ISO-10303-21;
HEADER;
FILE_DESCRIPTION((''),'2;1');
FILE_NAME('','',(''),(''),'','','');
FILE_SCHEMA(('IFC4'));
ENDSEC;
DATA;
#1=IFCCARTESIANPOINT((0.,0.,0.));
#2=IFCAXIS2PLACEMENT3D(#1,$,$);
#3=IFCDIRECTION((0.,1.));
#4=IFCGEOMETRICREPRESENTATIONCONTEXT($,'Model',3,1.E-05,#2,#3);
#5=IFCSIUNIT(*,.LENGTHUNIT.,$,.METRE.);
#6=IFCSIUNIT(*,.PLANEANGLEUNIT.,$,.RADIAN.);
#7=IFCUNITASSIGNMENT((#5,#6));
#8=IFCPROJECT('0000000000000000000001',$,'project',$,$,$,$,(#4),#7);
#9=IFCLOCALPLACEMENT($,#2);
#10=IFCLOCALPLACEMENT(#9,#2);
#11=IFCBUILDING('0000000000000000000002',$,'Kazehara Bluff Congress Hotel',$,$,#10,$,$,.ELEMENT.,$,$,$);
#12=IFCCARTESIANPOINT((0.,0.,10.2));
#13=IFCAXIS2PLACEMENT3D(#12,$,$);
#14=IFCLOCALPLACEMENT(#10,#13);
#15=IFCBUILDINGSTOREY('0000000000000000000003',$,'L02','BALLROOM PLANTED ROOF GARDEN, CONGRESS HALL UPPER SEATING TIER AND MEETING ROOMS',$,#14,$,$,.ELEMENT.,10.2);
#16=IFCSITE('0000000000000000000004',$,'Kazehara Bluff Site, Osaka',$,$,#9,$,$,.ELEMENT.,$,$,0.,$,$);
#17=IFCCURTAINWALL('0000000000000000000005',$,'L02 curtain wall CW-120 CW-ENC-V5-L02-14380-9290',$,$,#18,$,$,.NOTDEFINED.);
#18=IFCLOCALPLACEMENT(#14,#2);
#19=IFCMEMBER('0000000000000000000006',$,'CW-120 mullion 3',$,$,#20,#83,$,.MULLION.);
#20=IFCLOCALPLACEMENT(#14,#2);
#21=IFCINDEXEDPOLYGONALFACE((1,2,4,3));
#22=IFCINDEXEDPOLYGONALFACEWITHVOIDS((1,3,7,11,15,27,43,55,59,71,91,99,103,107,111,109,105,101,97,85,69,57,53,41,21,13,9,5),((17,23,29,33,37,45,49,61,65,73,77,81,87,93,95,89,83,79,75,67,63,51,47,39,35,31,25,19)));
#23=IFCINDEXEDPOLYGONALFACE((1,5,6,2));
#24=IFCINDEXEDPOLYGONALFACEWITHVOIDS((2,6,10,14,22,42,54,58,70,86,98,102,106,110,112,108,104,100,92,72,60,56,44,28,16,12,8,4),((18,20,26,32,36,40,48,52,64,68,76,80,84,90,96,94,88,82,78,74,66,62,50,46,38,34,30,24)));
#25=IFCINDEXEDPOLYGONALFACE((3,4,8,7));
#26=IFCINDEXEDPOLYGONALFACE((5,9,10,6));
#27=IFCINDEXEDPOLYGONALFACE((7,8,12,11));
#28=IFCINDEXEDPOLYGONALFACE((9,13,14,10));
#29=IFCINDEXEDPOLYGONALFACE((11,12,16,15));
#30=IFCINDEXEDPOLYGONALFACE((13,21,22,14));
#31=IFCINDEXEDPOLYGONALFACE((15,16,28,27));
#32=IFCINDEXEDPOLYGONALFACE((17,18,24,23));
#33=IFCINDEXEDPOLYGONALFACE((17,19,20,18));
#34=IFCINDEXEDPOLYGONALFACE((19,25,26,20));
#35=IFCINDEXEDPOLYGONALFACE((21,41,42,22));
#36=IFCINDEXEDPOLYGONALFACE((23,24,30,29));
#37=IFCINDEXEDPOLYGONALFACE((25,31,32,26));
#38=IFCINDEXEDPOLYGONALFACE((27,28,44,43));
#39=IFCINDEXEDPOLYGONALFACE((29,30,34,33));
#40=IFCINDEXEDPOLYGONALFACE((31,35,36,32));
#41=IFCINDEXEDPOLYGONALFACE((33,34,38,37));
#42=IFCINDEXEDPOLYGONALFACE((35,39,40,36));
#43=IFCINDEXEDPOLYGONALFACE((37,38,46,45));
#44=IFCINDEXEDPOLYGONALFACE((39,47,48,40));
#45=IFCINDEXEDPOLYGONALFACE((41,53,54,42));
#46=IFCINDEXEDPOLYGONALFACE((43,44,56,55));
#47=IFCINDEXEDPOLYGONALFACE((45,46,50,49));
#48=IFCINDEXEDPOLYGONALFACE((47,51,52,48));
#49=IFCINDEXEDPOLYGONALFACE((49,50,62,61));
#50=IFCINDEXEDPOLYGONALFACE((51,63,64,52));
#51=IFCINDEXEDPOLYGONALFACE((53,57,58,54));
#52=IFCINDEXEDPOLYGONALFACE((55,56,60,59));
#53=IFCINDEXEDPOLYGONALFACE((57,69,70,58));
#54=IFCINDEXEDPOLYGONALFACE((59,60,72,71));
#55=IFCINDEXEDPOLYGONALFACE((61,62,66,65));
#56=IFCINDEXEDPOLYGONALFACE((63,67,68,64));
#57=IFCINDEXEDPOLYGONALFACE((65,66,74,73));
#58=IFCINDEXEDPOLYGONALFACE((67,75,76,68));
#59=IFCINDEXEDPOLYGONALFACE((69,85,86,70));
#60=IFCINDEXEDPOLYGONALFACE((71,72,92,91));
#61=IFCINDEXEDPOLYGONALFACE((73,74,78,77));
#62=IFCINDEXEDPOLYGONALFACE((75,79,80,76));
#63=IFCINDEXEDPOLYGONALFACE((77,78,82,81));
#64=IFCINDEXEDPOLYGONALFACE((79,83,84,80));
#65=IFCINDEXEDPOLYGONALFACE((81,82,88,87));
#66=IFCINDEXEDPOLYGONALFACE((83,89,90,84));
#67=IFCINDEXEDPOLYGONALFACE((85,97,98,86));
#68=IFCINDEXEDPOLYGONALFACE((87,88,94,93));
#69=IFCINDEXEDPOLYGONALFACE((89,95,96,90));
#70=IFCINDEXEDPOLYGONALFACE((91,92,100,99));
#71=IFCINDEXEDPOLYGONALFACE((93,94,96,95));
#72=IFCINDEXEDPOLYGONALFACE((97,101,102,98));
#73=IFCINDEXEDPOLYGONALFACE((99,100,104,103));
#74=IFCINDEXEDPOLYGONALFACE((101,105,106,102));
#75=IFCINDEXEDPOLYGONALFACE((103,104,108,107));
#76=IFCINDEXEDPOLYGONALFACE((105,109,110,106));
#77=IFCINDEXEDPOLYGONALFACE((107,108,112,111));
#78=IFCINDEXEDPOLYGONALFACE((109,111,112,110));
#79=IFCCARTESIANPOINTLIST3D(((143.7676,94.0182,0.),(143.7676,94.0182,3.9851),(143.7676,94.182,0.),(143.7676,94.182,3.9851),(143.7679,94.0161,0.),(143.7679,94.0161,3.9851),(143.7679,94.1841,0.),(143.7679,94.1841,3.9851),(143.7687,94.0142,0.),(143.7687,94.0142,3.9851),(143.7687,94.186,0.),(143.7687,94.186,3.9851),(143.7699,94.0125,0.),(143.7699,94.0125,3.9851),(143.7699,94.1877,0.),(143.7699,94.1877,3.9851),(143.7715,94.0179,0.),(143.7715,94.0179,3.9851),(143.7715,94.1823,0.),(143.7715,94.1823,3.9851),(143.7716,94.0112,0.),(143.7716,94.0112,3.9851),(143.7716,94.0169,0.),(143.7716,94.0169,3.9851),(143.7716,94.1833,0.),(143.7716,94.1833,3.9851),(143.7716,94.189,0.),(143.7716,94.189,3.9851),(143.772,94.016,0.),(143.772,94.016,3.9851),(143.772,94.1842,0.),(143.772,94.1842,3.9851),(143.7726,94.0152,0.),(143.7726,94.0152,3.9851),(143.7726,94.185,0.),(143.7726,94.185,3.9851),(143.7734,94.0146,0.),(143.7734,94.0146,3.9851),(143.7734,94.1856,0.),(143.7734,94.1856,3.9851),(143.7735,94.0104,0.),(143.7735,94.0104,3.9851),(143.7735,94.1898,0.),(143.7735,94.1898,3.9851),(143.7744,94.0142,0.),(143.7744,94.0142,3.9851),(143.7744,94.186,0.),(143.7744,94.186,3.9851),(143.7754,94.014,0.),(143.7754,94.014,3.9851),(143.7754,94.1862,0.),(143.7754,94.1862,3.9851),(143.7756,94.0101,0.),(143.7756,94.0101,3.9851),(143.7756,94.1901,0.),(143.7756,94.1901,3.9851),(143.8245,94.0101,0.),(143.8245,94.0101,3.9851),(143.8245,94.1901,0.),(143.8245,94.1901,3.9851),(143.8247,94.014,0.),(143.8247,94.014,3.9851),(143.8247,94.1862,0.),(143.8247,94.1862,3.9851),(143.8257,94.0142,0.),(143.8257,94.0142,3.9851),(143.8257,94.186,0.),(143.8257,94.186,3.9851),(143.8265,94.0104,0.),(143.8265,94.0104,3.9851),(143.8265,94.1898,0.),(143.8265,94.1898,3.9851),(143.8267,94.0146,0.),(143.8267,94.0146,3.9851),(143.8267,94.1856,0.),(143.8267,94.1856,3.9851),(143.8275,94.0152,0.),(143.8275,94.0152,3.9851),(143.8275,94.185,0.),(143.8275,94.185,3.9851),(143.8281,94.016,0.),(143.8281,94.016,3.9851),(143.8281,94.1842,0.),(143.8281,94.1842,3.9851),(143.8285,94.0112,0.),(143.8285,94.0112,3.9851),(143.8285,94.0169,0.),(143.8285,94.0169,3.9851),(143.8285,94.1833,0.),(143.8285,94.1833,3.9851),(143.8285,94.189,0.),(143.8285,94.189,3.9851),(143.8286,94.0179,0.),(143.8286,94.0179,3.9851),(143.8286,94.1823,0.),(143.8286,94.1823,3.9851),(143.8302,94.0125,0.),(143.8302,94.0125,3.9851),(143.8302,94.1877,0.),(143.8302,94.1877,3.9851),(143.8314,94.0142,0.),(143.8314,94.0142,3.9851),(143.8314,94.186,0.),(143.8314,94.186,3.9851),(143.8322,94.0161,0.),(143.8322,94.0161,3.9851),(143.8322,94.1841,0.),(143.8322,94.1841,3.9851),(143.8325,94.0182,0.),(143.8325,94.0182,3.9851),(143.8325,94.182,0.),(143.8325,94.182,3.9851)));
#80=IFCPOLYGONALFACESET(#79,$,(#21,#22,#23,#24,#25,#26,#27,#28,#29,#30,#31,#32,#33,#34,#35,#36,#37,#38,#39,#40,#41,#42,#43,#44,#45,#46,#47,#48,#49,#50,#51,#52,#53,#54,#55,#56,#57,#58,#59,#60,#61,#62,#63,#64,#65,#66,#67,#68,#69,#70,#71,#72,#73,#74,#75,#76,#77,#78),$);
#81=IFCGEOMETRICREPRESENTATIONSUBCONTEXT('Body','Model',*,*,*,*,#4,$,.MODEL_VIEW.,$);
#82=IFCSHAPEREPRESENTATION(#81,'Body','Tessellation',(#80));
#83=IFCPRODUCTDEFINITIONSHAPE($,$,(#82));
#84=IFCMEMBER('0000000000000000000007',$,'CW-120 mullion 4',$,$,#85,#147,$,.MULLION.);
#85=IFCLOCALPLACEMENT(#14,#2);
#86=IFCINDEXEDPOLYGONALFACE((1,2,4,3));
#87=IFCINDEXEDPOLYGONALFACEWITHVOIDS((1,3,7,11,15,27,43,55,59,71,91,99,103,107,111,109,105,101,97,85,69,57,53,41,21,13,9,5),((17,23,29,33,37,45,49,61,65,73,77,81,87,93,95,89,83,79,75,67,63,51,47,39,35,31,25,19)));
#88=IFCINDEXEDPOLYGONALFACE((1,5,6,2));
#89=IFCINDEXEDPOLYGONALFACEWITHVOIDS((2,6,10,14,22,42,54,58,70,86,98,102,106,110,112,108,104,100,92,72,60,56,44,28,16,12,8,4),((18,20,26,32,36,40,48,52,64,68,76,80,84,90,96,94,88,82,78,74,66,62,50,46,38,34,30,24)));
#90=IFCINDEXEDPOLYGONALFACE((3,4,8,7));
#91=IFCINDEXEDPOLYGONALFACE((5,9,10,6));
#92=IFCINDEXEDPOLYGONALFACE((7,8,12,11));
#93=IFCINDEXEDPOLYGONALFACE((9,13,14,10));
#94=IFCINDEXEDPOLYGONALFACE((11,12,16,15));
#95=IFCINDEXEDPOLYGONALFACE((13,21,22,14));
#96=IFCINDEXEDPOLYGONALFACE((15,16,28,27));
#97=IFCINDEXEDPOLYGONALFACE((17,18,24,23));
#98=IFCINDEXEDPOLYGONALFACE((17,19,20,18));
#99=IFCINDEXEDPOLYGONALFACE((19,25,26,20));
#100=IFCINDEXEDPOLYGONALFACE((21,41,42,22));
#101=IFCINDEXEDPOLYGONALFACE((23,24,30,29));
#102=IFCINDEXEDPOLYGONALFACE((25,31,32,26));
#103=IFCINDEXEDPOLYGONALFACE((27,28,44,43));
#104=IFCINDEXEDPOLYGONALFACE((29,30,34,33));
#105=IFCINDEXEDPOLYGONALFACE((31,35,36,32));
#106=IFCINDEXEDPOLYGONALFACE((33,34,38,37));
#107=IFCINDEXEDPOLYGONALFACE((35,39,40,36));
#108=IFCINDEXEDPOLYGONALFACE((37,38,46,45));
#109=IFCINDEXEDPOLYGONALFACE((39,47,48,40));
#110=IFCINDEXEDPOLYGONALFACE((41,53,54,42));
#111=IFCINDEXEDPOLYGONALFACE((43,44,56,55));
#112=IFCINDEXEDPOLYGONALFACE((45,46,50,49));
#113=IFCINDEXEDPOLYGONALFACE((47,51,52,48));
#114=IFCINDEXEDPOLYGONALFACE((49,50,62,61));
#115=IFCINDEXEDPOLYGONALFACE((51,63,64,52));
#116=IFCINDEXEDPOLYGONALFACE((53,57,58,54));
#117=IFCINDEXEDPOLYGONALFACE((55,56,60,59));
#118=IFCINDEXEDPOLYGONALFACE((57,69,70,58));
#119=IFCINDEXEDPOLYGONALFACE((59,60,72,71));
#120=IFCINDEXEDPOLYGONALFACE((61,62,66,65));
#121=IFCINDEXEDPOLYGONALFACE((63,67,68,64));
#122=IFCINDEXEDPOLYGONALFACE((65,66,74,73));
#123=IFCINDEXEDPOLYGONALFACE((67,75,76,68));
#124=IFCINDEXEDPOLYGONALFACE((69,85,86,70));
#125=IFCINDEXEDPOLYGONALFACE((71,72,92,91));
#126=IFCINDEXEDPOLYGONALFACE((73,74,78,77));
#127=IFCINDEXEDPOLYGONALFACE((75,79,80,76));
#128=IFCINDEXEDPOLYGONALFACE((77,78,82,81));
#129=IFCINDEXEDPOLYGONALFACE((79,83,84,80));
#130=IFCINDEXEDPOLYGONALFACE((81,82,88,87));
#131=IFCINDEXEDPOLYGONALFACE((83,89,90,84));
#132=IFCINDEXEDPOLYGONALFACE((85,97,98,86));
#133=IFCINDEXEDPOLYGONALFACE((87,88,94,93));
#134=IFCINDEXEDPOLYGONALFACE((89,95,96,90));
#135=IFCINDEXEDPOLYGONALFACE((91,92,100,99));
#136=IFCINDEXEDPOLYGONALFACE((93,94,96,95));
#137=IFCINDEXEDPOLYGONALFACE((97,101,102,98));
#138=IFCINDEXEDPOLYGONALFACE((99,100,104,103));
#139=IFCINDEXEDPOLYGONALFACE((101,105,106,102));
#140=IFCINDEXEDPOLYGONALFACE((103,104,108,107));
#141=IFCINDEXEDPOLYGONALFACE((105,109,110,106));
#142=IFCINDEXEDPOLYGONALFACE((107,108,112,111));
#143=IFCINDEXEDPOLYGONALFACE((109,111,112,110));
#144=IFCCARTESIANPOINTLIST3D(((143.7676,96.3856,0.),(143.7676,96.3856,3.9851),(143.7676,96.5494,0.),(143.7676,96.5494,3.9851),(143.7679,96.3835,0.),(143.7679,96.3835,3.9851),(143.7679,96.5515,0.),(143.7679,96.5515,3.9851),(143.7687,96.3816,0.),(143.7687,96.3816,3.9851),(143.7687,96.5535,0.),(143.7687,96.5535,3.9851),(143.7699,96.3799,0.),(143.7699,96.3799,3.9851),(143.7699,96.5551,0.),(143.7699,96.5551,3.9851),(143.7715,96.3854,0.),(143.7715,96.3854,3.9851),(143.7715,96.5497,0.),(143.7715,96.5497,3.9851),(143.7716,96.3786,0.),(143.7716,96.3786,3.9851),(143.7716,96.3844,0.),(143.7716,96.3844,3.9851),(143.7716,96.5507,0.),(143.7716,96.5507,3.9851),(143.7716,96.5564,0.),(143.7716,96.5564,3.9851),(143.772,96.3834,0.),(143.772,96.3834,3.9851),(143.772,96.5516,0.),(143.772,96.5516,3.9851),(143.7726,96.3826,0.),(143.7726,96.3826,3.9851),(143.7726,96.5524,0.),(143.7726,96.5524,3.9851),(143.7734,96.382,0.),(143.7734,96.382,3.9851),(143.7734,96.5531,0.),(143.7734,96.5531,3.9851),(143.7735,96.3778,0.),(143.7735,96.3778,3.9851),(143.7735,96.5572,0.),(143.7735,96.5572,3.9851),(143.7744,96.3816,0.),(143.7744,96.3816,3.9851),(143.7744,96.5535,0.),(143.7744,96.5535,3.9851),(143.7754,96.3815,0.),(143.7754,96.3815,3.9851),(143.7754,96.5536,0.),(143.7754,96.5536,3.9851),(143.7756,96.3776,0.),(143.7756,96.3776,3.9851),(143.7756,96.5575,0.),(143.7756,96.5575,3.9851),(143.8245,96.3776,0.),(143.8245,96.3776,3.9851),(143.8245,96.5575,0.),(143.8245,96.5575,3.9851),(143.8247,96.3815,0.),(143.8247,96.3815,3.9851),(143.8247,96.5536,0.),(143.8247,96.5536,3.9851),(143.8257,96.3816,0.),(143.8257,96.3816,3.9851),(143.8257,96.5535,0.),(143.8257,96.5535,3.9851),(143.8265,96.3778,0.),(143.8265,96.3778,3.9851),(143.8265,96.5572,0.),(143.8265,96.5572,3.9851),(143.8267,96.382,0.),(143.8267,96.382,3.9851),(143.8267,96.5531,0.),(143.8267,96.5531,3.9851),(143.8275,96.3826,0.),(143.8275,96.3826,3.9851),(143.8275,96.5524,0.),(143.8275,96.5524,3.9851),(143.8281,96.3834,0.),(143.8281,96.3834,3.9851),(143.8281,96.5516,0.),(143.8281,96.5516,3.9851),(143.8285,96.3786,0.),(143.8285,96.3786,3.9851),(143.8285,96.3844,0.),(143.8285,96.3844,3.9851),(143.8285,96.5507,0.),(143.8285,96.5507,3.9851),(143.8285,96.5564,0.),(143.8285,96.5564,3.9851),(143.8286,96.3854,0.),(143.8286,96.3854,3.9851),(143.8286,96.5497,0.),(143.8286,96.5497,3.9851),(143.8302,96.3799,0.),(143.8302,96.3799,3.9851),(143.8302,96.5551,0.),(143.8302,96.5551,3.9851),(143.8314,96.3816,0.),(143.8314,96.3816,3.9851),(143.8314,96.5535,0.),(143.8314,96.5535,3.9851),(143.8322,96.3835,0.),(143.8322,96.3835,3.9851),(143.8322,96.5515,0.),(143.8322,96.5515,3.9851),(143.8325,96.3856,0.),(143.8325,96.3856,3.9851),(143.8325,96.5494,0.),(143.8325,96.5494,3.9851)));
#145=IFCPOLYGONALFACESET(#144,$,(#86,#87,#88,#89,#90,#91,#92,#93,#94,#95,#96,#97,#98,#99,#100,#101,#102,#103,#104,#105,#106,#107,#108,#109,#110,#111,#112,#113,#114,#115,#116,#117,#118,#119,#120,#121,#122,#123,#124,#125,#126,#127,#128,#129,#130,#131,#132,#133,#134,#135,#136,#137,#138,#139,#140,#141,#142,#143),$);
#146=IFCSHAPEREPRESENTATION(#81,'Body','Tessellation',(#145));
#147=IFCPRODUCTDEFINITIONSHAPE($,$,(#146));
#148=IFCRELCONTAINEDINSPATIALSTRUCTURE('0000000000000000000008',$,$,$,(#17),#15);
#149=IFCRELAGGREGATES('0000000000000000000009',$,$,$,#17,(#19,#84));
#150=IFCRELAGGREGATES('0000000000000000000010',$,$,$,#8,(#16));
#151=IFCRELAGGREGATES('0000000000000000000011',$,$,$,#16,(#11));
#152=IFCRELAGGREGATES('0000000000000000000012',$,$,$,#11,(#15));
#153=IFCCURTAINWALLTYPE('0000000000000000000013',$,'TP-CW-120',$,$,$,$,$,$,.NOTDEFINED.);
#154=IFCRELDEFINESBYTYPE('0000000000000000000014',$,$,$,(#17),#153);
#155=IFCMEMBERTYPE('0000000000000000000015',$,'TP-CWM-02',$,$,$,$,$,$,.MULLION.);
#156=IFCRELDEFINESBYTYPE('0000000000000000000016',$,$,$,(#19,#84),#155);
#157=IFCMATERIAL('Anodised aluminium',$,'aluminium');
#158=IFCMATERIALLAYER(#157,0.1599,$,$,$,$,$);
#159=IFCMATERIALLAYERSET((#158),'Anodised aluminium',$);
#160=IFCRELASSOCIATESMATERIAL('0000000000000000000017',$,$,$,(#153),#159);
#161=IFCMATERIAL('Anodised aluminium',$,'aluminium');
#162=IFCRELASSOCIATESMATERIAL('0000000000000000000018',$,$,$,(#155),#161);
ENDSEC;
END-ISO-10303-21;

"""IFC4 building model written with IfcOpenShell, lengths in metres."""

from ifc_helpers import new_model, si_unit, direction, frame, origin, origin_2d, place, context, subcontext, project, spatial, hollow_rectangle, extrude, material, layer, layer_set, material_profile, profile_set, type_object, element, aggregate, save


model = new_model("IFC4")

# Units and contexts
model_context = context("Model", 3, precision=1e-05, world=origin(), true_north=direction((0.0, 1.0)))
body_context = subcontext(model_context, "Body", "Model", "MODEL_VIEW")
ifc_project = project(units=[si_unit("LENGTHUNIT", "METRE"), si_unit("PLANEANGLEUNIT", "RADIAN")], contexts=[model_context])

# Site, building, storey
site_placement = place(None, origin())
site = spatial("IfcSite", under=ifc_project, at=site_placement, Name="Kazehara Bluff Site, Osaka", CompositionType="ELEMENT", RefElevation=0.0)
building_placement = place(site_placement, origin())
building = spatial("IfcBuilding", under=site, at=building_placement, Name="Kazehara Bluff Congress Hotel", CompositionType="ELEMENT")
storey_placement = place(building_placement, frame((0.0, 0.0, 10.2)))
storey = spatial("IfcBuildingStorey", under=building, at=storey_placement, Name="L02", Description="BALLROOM PLANTED ROOF GARDEN, CONGRESS HALL UPPER SEATING TIER AND MEETING ROOMS", CompositionType="ELEMENT", Elevation=10.2)

# Curtain wall, members
ifc_material_1 = material(Name="Anodised aluminium", Category="aluminium")
ifc_layer_1 = layer(ifc_material_1, 0.1599)
ifc_layer_set_1 = layer_set([ifc_layer_1], Name="Anodised aluminium")
curtain_wall_type_1 = type_object("IfcCurtainWallType", Name="TP-CW-120", PredefinedType="NOTDEFINED", material=ifc_layer_set_1)
curtain_wall_1_placement = place(storey_placement, origin())
curtain_wall_1 = element("IfcCurtainWall", 1, at=curtain_wall_1_placement, inside=storey, type_object=curtain_wall_type_1, Name="L02 curtain wall CW-120 CW-ENC-V5-L02-14380-9290", PredefinedType="NOTDEFINED")
ifc_material_2 = material(Name="Anodised aluminium", Category="aluminium")
ifc_material_profile_1 = material_profile(ifc_material_2, hollow_rectangle(XDim=0.0649, YDim=0.1799, WallThickness=0.0039, InnerFilletRadius=0.0039, OuterFilletRadius=0.0081, at=origin_2d()))
ifc_profile_set_1 = profile_set([ifc_material_profile_1], Name="Anodised aluminium")
member_type_1 = type_object("IfcMemberType", Name="TP-CWM-02", PredefinedType="MULLION", material=ifc_profile_set_1)
member_1_placement = place(storey_placement, frame((143.8, 94.1001, 0.0), z_axis=(0.0, 0.0, 1.0), x_axis=(-1.0, 0.0, 0.0)))
member_1 = element("IfcMember", 2, at=member_1_placement, type_object=member_type_1, Name="CW-120 mullion 3", PredefinedType="MULLION", context=body_context, shape_type="SweptSolid", body=[
    extrude(hollow_rectangle(XDim=0.0649, YDim=0.1799, WallThickness=0.0039, InnerFilletRadius=0.0039, OuterFilletRadius=0.0081, at=origin_2d()), origin(), (0.0, 0.0, 1.0), 3.9851),
])
member_2_placement = place(storey_placement, frame((143.8, 96.4675, 0.0), z_axis=(0.0, 0.0, 1.0), x_axis=(-1.0, 0.0, 0.0)))
member_2 = element("IfcMember", 3, at=member_2_placement, type_object=member_type_1, Name="CW-120 mullion 4", PredefinedType="MULLION", context=body_context, shape_type="SweptSolid", body=[
    extrude(hollow_rectangle(XDim=0.0649, YDim=0.1799, WallThickness=0.0039, InnerFilletRadius=0.0039, OuterFilletRadius=0.0081, at=origin_2d()), origin(), (0.0, 0.0, 1.0), 3.9851),
])

aggregate(curtain_wall_1, [member_1, member_2])

save(model, "model.ifc")
